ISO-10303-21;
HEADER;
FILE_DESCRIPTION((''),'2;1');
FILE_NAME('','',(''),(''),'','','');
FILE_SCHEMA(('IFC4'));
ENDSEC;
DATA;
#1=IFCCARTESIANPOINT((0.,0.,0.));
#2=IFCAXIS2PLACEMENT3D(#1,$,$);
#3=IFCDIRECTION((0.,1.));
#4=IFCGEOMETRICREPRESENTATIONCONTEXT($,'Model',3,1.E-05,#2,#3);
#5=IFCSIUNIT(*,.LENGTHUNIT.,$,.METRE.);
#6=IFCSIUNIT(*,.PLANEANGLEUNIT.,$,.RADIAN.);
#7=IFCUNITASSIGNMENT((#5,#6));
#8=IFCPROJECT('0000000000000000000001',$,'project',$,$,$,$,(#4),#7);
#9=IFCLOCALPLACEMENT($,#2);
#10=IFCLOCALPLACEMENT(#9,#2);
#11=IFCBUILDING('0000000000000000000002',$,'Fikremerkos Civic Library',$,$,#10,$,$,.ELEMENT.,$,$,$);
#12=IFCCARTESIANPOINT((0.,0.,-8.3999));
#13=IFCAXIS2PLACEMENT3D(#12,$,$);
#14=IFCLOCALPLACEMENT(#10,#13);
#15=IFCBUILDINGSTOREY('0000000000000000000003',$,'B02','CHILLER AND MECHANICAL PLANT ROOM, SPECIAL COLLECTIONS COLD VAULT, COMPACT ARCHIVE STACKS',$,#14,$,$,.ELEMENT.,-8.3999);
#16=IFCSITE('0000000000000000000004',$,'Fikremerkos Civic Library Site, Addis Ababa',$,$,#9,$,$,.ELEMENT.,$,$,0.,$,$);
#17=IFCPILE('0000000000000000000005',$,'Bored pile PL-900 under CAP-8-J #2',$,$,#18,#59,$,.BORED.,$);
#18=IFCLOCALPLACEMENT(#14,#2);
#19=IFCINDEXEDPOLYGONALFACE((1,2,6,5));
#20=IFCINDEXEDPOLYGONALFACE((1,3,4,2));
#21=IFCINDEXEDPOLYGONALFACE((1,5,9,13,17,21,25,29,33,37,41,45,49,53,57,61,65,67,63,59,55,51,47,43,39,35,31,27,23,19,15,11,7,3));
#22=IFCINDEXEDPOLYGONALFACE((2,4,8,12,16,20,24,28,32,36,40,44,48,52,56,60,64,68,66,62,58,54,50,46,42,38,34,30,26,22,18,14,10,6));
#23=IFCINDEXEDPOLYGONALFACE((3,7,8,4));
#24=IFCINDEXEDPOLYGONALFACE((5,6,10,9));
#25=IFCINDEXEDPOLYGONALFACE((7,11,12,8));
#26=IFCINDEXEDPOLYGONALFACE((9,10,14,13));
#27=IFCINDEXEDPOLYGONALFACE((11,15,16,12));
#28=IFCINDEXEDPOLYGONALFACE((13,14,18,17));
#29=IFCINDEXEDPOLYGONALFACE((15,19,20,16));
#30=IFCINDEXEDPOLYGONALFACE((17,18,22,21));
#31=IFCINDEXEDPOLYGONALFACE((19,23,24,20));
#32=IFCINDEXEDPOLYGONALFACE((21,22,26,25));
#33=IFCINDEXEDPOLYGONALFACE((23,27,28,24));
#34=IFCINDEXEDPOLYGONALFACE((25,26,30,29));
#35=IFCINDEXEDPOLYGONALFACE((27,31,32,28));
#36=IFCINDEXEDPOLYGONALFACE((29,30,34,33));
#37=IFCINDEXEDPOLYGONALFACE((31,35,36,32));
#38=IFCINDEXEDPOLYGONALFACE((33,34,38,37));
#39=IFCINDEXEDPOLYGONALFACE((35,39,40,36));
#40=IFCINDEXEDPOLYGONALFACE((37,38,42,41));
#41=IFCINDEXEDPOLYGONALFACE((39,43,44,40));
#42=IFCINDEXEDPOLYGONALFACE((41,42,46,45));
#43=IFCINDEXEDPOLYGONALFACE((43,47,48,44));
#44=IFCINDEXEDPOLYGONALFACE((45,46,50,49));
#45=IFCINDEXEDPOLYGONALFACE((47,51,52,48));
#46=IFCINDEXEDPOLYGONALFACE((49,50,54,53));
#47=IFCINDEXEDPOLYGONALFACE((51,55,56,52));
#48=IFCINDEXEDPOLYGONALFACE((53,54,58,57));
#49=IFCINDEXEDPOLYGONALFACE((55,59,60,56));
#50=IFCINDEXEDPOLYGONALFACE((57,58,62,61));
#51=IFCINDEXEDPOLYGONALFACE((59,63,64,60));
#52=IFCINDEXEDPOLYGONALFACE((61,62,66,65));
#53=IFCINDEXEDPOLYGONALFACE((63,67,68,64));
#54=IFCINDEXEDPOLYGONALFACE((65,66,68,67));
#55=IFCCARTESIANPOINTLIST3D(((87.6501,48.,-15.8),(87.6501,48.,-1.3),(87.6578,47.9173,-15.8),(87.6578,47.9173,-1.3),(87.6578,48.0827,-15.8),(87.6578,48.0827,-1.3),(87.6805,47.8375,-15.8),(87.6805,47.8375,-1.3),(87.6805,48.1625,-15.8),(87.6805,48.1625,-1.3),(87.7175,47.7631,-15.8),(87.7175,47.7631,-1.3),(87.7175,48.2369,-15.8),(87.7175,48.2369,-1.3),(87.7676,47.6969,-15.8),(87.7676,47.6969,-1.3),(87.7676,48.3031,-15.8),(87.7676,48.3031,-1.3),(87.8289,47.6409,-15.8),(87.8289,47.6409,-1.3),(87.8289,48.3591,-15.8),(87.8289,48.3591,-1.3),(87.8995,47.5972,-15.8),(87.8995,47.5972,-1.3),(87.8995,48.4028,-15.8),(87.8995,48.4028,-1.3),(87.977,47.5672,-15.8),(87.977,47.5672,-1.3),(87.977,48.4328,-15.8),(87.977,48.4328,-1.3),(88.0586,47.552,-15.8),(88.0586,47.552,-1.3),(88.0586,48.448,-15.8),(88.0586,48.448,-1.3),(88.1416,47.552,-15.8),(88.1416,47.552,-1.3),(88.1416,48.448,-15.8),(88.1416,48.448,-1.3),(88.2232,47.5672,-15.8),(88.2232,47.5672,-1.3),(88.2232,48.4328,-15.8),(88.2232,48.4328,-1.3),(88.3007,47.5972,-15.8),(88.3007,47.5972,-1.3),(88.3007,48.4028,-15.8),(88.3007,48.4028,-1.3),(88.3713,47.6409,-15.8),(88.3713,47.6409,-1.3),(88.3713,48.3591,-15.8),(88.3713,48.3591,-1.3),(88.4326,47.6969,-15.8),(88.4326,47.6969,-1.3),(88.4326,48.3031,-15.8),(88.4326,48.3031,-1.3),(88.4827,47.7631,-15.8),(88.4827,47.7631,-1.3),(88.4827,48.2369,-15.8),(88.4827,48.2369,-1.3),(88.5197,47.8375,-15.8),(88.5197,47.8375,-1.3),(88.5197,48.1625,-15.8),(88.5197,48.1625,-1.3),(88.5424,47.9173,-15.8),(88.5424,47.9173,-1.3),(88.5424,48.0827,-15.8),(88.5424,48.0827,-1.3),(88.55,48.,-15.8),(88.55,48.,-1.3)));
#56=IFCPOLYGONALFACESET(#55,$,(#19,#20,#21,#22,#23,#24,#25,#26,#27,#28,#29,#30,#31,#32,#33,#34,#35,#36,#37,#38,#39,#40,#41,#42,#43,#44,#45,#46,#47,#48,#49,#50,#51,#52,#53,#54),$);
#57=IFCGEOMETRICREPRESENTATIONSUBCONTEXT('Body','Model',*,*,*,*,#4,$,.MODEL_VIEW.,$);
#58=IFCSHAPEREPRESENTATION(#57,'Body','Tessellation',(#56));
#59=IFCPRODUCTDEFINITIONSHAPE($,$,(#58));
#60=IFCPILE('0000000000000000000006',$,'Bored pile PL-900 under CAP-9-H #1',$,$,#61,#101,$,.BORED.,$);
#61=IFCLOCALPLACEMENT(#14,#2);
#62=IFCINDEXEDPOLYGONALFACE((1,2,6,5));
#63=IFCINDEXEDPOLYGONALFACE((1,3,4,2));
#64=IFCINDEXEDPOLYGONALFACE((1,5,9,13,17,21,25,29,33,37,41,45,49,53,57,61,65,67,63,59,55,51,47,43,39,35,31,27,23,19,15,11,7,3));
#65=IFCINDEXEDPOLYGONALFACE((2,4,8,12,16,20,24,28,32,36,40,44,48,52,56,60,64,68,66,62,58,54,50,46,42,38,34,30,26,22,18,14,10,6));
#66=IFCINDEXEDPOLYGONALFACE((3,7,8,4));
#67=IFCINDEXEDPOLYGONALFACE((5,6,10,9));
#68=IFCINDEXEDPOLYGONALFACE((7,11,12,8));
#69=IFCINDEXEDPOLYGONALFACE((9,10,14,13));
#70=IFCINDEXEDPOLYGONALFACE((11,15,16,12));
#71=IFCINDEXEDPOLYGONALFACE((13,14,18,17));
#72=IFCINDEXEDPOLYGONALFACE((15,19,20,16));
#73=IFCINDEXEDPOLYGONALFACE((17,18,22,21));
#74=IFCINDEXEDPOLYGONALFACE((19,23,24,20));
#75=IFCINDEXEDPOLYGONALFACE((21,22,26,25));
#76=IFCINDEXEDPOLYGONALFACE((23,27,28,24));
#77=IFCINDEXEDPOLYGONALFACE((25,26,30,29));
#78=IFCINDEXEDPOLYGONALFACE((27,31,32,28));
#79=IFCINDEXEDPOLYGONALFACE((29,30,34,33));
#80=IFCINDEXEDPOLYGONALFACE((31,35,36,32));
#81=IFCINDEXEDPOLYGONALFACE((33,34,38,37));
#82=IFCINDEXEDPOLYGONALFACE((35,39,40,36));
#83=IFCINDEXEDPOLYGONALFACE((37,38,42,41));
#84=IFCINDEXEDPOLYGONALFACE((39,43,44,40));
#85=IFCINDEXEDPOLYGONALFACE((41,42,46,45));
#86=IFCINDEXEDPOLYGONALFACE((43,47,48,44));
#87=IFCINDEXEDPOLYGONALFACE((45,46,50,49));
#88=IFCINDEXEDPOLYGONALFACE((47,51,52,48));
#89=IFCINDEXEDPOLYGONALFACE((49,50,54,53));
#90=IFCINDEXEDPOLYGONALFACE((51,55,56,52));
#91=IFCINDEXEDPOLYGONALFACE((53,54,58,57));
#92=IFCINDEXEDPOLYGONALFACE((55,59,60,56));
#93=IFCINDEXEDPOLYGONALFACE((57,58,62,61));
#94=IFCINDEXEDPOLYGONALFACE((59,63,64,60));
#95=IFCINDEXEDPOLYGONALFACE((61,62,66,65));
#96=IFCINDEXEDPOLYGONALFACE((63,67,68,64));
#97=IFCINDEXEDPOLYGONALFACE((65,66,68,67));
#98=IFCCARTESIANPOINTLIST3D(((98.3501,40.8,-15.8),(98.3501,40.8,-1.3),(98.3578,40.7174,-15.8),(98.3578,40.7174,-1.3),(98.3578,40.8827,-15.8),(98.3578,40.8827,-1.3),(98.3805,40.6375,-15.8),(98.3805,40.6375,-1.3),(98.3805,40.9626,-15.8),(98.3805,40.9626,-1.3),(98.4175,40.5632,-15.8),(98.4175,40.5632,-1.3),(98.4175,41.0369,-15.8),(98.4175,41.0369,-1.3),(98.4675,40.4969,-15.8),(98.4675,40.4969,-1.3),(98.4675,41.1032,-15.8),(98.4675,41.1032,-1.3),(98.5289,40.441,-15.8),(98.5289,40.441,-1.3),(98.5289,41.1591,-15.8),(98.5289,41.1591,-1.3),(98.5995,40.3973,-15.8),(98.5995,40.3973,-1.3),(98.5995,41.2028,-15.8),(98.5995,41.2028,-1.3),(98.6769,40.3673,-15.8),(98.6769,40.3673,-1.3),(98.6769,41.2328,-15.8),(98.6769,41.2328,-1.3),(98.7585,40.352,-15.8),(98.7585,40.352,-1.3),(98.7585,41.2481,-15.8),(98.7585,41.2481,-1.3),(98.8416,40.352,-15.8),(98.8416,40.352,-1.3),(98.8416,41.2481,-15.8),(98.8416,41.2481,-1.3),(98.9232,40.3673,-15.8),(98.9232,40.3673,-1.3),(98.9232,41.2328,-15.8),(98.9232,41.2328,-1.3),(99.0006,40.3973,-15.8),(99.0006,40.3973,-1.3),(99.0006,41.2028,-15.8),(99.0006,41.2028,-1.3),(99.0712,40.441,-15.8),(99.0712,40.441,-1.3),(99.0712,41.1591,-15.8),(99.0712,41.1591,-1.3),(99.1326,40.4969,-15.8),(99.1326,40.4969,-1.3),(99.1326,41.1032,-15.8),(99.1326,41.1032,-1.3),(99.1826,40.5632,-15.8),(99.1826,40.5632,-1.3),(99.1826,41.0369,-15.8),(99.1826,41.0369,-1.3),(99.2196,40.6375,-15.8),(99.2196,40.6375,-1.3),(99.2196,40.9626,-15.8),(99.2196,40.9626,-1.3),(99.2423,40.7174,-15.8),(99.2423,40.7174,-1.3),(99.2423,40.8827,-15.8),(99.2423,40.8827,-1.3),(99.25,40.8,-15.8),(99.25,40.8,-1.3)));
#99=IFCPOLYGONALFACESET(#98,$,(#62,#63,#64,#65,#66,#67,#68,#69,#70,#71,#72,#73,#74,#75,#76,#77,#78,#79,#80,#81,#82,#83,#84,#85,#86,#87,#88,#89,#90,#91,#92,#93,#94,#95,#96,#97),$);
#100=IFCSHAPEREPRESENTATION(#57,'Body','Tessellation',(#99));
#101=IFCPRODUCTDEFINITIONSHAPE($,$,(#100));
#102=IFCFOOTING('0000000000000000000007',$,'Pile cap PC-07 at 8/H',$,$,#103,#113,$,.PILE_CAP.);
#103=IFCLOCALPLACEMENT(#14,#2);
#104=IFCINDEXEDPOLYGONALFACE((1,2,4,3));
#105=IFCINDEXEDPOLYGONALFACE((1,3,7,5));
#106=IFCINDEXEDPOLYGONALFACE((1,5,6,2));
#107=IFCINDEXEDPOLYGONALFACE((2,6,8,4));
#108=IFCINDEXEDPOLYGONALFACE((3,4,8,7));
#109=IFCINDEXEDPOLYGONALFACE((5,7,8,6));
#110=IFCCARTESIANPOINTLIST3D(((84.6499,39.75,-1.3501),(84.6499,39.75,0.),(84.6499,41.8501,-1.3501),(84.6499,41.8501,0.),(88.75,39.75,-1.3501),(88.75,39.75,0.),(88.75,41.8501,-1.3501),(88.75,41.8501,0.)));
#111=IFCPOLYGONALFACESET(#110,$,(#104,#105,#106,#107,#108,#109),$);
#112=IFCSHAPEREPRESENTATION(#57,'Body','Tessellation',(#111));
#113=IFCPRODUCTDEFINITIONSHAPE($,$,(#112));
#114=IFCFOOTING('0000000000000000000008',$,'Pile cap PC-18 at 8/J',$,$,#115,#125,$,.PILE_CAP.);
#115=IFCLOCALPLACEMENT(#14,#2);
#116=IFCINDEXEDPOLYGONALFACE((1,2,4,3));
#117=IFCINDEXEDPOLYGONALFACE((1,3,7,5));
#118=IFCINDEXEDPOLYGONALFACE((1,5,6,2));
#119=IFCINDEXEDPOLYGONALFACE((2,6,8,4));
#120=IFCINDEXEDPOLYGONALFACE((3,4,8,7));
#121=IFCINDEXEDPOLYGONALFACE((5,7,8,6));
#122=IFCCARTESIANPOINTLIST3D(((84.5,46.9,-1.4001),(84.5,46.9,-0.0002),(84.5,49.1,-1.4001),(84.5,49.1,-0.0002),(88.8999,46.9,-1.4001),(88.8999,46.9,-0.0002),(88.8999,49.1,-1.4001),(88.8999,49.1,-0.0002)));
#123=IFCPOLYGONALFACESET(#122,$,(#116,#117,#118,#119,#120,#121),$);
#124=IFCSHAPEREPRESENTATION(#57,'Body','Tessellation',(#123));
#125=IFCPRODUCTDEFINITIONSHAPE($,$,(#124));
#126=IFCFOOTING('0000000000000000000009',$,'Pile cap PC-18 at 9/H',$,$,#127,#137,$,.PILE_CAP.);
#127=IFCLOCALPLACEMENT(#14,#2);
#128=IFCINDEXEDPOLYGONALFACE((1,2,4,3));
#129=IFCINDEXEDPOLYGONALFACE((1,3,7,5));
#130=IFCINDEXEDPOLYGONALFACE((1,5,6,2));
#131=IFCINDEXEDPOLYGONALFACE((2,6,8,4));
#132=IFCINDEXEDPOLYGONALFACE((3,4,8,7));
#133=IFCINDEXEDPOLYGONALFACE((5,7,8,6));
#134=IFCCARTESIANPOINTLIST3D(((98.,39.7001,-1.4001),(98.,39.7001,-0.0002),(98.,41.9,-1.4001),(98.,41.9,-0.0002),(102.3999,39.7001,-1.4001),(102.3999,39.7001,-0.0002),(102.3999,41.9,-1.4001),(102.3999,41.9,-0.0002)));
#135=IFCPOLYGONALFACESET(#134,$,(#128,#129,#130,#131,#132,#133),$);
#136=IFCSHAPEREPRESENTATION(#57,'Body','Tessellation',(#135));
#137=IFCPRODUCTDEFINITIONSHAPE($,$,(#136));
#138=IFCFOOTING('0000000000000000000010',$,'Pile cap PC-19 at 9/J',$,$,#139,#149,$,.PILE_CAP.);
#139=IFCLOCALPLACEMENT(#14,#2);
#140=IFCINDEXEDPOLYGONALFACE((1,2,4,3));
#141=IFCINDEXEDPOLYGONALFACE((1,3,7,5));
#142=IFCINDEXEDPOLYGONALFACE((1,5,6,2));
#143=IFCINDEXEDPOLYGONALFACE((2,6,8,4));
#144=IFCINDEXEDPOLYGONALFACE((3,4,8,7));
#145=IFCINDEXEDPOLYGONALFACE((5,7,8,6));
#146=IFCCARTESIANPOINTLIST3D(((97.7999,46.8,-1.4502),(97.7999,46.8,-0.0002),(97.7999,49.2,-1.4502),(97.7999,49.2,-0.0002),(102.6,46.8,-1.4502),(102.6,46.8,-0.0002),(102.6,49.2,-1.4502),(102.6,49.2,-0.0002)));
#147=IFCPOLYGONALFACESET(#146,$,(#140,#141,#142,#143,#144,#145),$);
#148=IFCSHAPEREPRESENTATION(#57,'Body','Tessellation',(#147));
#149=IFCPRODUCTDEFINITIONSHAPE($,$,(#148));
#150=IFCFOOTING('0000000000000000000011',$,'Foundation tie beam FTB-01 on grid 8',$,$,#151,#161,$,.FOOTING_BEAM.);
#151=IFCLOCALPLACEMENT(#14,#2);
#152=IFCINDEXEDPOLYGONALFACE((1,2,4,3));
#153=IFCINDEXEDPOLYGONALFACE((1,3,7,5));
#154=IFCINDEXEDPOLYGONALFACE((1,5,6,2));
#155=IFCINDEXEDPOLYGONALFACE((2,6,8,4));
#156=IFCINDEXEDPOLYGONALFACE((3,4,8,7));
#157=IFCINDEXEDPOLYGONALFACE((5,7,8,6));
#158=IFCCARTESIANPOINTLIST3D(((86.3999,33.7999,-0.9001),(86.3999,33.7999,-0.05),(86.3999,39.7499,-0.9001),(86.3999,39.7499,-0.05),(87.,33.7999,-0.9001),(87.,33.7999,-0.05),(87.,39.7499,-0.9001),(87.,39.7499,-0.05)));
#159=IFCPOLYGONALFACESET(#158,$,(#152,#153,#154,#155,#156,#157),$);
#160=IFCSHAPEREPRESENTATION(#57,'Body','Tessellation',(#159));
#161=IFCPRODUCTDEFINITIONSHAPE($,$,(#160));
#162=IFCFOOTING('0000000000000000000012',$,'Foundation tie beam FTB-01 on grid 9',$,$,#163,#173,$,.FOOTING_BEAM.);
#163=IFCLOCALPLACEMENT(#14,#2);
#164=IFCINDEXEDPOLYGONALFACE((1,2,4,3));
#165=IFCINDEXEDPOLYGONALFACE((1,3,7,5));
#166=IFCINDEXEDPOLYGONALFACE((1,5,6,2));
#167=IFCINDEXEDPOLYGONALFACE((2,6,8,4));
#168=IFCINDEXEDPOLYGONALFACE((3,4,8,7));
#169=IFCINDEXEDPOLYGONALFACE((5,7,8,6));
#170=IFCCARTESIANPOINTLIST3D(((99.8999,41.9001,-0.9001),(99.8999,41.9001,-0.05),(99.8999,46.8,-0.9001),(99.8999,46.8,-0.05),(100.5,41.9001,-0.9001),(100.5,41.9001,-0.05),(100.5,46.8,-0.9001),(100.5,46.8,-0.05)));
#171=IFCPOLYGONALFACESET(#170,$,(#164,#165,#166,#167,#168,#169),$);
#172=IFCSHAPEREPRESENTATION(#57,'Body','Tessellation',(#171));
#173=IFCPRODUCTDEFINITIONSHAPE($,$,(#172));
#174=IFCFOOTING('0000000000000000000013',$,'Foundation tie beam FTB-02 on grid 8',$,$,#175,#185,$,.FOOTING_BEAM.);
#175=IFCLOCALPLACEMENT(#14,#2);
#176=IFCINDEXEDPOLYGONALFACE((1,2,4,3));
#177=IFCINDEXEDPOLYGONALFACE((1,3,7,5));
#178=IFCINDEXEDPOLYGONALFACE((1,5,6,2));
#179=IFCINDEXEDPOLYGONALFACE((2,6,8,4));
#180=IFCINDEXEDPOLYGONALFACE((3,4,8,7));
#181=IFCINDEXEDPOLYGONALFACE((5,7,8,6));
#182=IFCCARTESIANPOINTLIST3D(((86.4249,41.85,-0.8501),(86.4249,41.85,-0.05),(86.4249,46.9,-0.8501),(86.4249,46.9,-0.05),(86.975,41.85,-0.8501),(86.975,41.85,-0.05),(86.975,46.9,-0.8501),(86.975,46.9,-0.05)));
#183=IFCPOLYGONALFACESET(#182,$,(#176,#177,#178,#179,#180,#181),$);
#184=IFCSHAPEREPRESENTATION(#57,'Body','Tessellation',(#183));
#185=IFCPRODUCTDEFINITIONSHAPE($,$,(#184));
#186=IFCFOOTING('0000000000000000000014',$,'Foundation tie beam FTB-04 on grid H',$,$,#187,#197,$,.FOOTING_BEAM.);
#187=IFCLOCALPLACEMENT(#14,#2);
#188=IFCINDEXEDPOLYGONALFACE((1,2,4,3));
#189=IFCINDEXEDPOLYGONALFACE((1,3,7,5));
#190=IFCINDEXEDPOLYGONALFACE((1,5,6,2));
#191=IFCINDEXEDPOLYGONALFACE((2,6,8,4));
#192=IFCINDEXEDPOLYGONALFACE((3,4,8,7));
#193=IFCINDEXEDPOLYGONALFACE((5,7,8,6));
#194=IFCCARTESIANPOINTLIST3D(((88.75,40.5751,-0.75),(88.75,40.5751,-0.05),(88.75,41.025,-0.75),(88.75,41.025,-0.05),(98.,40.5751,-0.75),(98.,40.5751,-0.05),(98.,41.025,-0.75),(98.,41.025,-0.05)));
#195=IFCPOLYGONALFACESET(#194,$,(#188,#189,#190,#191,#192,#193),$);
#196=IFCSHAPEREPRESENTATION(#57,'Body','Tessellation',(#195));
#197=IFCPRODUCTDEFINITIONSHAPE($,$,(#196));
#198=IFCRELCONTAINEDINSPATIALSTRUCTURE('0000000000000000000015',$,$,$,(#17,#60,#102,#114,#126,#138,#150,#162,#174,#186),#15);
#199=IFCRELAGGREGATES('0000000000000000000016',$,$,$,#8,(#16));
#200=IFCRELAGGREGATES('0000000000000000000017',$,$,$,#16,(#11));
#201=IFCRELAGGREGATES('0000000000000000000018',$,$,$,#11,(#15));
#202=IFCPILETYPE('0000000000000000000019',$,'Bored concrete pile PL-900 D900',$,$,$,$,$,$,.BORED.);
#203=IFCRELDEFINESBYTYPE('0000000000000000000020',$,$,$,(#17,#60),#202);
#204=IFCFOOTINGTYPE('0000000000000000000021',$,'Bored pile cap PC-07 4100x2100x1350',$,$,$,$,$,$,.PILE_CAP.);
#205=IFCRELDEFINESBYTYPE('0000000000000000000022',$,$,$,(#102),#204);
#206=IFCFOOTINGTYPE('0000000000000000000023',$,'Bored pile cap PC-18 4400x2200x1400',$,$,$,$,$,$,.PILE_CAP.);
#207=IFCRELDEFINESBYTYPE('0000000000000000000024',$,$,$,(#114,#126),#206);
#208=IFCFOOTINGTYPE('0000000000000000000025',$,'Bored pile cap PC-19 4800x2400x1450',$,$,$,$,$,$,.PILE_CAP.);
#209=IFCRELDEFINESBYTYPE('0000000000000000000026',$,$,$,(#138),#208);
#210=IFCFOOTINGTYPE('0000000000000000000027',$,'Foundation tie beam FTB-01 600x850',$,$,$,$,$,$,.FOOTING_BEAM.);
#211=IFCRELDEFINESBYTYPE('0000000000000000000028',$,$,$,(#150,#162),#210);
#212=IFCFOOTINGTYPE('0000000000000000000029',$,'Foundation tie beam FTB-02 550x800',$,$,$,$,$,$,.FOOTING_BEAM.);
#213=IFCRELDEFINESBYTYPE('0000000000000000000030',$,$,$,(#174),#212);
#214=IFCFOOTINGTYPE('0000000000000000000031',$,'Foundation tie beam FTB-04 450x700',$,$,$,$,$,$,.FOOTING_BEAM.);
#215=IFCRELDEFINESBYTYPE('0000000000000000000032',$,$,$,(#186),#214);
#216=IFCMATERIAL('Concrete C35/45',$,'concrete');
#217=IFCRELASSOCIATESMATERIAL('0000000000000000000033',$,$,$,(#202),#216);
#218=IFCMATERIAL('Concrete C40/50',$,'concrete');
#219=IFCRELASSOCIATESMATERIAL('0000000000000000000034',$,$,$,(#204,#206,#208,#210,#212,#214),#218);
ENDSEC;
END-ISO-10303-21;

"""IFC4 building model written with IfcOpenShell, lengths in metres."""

from ifc_helpers import new_model, si_unit, direction, frame, origin, origin_2d, place, context, subcontext, project, spatial, rectangle, circle, extrude, material, material_profile, profile_set, type_object, element, save


model = new_model("IFC4")

# Units and contexts
model_context = context("Model", 3, precision=1e-05, world=origin(), true_north=direction((0.0, 1.0)))
body_context = subcontext(model_context, "Body", "Model", "MODEL_VIEW")
ifc_project = project(units=[si_unit("LENGTHUNIT", "METRE"), si_unit("PLANEANGLEUNIT", "RADIAN")], contexts=[model_context])

# Site, building, storey
site_placement = place(None, origin())
site = spatial("IfcSite", under=ifc_project, at=site_placement, Name="Fikremerkos Civic Library Site, Addis Ababa", CompositionType="ELEMENT", RefElevation=0.0)
building_placement = place(site_placement, origin())
building = spatial("IfcBuilding", under=site, at=building_placement, Name="Fikremerkos Civic Library", CompositionType="ELEMENT")
storey_placement = place(building_placement, frame((0.0, 0.0, -8.3999)))
storey = spatial("IfcBuildingStorey", under=building, at=storey_placement, Name="B02", Description="CHILLER AND MECHANICAL PLANT ROOM, SPECIAL COLLECTIONS COLD VAULT, COMPACT ARCHIVE STACKS", CompositionType="ELEMENT", Elevation=-8.3999)

# Piles
ifc_material_1 = material(Name="Concrete C35/45", Category="concrete")
ifc_material_profile_1 = material_profile(ifc_material_1, circle(Radius=0.45, at=origin_2d()), Name="BORED PILE 900")
ifc_profile_set_1 = profile_set([ifc_material_profile_1], Name="Concrete C35/45")
pile_type_1 = type_object("IfcPileType", Name="Bored concrete pile PL-900 D900", PredefinedType="BORED", material=ifc_profile_set_1)
for number, where, z_axis, x_axis, name in (
    (1, (88.1001, 48.0, -1.3), (0.0, 0.0, -1.0), (1.0, 0.0, 0.0), "Bored pile PL-900 under CAP-8-J #2"),
    (2, (98.8, 40.8, -1.3), (0.0, 0.0, -1.0), (1.0, 0.0, 0.0), "Bored pile PL-900 under CAP-9-H #1"),
):
    element("IfcPile", number, at=place(storey_placement, frame(where, z_axis=z_axis, x_axis=x_axis)), inside=storey, type_object=pile_type_1, Name=name, PredefinedType="BORED", context=body_context, shape_type="SweptSolid", body=[
        extrude(circle(Radius=0.45, at=origin_2d()), origin(), (0.0, 0.0, 1.0), 14.5),
    ])

# Footings
ifc_material_2 = material(Name="Concrete C40/50", Category="concrete")
footing_type_1 = type_object("IfcFootingType", Name="Bored pile cap PC-07 4100x2100x1350", PredefinedType="PILE_CAP", material=ifc_material_2)
footing_1_placement = place(storey_placement, frame((86.7, 40.8, -1.3501), z_axis=(0.0, 0.0, 1.0), x_axis=(1.0, 0.0, 0.0)))
element("IfcFooting", 3, at=footing_1_placement, inside=storey, type_object=footing_type_1, Name="Pile cap PC-07 at 8/H", PredefinedType="PILE_CAP", context=body_context, shape_type="SweptSolid", body=[
    extrude(rectangle(XDim=4.1001, YDim=2.1001, at=origin_2d()), origin(), (0.0, 0.0, 1.0), 1.3501),
])
footing_type_2 = type_object("IfcFootingType", Name="Bored pile cap PC-18 4400x2200x1400", PredefinedType="PILE_CAP", material=ifc_material_2)
for number, where, z_axis, x_axis, name in (
    (4, (86.7, 48.0, -1.4001), (0.0, 0.0, 1.0), (1.0, 0.0, 0.0), "Pile cap PC-18 at 8/J"),
    (5, (100.2, 40.8, -1.4001), (0.0, 0.0, 1.0), (1.0, 0.0, 0.0), "Pile cap PC-18 at 9/H"),
):
    element("IfcFooting", number, at=place(storey_placement, frame(where, z_axis=z_axis, x_axis=x_axis)), inside=storey, type_object=footing_type_2, Name=name, PredefinedType="PILE_CAP", context=body_context, shape_type="SweptSolid", body=[
        extrude(rectangle(XDim=4.3999, YDim=2.2, at=origin_2d()), origin(), (0.0, 0.0, 1.0), 1.3999),
    ])
footing_type_3 = type_object("IfcFootingType", Name="Bored pile cap PC-19 4800x2400x1450", PredefinedType="PILE_CAP", material=ifc_material_2)
footing_2_placement = place(storey_placement, frame((100.2, 48.0, -1.4502), z_axis=(0.0, 0.0, 1.0), x_axis=(1.0, 0.0, 0.0)))
element("IfcFooting", 6, at=footing_2_placement, inside=storey, type_object=footing_type_3, Name="Pile cap PC-19 at 9/J", PredefinedType="PILE_CAP", context=body_context, shape_type="SweptSolid", body=[
    extrude(rectangle(XDim=4.8, YDim=2.3999, at=origin_2d()), origin(), (0.0, 0.0, 1.0), 1.45),
])
footing_type_4 = type_object("IfcFootingType", Name="Foundation tie beam FTB-01 600x850", PredefinedType="FOOTING_BEAM", material=ifc_material_2)
footing_3_placement = place(storey_placement, frame((86.7, 36.7749, -0.9001), z_axis=(0.0, 0.0, 1.0), x_axis=(0.0, 1.0, 0.0)))
element("IfcFooting", 7, at=footing_3_placement, inside=storey, type_object=footing_type_4, Name="Foundation tie beam FTB-01 on grid 8", PredefinedType="FOOTING_BEAM", context=body_context, shape_type="SweptSolid", body=[
    extrude(rectangle(XDim=5.95, YDim=0.6001, at=origin_2d()), origin(), (0.0, 0.0, 1.0), 0.8501),
])
footing_4_placement = place(storey_placement, frame((100.2, 44.3501, -0.9001), z_axis=(0.0, 0.0, 1.0), x_axis=(0.0, 1.0, 0.0)))
element("IfcFooting", 8, at=footing_4_placement, inside=storey, type_object=footing_type_4, Name="Foundation tie beam FTB-01 on grid 9", PredefinedType="FOOTING_BEAM", context=body_context, shape_type="SweptSolid", body=[
    extrude(rectangle(XDim=4.8999, YDim=0.6001, at=origin_2d()), origin(), (0.0, 0.0, 1.0), 0.8501),
])
footing_type_5 = type_object("IfcFootingType", Name="Foundation tie beam FTB-02 550x800", PredefinedType="FOOTING_BEAM", material=ifc_material_2)
footing_5_placement = place(storey_placement, frame((86.7, 44.375, -0.8501), z_axis=(0.0, 0.0, 1.0), x_axis=(0.0, 1.0, 0.0)))
element("IfcFooting", 9, at=footing_5_placement, inside=storey, type_object=footing_type_5, Name="Foundation tie beam FTB-02 on grid 8", PredefinedType="FOOTING_BEAM", context=body_context, shape_type="SweptSolid", body=[
    extrude(rectangle(XDim=5.05, YDim=0.55, at=origin_2d()), origin(), (0.0, 0.0, 1.0), 0.8),
])
footing_type_6 = type_object("IfcFootingType", Name="Foundation tie beam FTB-04 450x700", PredefinedType="FOOTING_BEAM", material=ifc_material_2)
footing_6_placement = place(storey_placement, frame((93.375, 40.8, -0.75), z_axis=(0.0, 0.0, 1.0), x_axis=(1.0, 0.0, 0.0)))
element("IfcFooting", 10, at=footing_6_placement, inside=storey, type_object=footing_type_6, Name="Foundation tie beam FTB-04 on grid H", PredefinedType="FOOTING_BEAM", context=body_context, shape_type="SweptSolid", body=[
    extrude(rectangle(XDim=9.25, YDim=0.45, at=origin_2d()), origin(), (0.0, 0.0, 1.0), 0.7),
])

save(model, "model.ifc")
